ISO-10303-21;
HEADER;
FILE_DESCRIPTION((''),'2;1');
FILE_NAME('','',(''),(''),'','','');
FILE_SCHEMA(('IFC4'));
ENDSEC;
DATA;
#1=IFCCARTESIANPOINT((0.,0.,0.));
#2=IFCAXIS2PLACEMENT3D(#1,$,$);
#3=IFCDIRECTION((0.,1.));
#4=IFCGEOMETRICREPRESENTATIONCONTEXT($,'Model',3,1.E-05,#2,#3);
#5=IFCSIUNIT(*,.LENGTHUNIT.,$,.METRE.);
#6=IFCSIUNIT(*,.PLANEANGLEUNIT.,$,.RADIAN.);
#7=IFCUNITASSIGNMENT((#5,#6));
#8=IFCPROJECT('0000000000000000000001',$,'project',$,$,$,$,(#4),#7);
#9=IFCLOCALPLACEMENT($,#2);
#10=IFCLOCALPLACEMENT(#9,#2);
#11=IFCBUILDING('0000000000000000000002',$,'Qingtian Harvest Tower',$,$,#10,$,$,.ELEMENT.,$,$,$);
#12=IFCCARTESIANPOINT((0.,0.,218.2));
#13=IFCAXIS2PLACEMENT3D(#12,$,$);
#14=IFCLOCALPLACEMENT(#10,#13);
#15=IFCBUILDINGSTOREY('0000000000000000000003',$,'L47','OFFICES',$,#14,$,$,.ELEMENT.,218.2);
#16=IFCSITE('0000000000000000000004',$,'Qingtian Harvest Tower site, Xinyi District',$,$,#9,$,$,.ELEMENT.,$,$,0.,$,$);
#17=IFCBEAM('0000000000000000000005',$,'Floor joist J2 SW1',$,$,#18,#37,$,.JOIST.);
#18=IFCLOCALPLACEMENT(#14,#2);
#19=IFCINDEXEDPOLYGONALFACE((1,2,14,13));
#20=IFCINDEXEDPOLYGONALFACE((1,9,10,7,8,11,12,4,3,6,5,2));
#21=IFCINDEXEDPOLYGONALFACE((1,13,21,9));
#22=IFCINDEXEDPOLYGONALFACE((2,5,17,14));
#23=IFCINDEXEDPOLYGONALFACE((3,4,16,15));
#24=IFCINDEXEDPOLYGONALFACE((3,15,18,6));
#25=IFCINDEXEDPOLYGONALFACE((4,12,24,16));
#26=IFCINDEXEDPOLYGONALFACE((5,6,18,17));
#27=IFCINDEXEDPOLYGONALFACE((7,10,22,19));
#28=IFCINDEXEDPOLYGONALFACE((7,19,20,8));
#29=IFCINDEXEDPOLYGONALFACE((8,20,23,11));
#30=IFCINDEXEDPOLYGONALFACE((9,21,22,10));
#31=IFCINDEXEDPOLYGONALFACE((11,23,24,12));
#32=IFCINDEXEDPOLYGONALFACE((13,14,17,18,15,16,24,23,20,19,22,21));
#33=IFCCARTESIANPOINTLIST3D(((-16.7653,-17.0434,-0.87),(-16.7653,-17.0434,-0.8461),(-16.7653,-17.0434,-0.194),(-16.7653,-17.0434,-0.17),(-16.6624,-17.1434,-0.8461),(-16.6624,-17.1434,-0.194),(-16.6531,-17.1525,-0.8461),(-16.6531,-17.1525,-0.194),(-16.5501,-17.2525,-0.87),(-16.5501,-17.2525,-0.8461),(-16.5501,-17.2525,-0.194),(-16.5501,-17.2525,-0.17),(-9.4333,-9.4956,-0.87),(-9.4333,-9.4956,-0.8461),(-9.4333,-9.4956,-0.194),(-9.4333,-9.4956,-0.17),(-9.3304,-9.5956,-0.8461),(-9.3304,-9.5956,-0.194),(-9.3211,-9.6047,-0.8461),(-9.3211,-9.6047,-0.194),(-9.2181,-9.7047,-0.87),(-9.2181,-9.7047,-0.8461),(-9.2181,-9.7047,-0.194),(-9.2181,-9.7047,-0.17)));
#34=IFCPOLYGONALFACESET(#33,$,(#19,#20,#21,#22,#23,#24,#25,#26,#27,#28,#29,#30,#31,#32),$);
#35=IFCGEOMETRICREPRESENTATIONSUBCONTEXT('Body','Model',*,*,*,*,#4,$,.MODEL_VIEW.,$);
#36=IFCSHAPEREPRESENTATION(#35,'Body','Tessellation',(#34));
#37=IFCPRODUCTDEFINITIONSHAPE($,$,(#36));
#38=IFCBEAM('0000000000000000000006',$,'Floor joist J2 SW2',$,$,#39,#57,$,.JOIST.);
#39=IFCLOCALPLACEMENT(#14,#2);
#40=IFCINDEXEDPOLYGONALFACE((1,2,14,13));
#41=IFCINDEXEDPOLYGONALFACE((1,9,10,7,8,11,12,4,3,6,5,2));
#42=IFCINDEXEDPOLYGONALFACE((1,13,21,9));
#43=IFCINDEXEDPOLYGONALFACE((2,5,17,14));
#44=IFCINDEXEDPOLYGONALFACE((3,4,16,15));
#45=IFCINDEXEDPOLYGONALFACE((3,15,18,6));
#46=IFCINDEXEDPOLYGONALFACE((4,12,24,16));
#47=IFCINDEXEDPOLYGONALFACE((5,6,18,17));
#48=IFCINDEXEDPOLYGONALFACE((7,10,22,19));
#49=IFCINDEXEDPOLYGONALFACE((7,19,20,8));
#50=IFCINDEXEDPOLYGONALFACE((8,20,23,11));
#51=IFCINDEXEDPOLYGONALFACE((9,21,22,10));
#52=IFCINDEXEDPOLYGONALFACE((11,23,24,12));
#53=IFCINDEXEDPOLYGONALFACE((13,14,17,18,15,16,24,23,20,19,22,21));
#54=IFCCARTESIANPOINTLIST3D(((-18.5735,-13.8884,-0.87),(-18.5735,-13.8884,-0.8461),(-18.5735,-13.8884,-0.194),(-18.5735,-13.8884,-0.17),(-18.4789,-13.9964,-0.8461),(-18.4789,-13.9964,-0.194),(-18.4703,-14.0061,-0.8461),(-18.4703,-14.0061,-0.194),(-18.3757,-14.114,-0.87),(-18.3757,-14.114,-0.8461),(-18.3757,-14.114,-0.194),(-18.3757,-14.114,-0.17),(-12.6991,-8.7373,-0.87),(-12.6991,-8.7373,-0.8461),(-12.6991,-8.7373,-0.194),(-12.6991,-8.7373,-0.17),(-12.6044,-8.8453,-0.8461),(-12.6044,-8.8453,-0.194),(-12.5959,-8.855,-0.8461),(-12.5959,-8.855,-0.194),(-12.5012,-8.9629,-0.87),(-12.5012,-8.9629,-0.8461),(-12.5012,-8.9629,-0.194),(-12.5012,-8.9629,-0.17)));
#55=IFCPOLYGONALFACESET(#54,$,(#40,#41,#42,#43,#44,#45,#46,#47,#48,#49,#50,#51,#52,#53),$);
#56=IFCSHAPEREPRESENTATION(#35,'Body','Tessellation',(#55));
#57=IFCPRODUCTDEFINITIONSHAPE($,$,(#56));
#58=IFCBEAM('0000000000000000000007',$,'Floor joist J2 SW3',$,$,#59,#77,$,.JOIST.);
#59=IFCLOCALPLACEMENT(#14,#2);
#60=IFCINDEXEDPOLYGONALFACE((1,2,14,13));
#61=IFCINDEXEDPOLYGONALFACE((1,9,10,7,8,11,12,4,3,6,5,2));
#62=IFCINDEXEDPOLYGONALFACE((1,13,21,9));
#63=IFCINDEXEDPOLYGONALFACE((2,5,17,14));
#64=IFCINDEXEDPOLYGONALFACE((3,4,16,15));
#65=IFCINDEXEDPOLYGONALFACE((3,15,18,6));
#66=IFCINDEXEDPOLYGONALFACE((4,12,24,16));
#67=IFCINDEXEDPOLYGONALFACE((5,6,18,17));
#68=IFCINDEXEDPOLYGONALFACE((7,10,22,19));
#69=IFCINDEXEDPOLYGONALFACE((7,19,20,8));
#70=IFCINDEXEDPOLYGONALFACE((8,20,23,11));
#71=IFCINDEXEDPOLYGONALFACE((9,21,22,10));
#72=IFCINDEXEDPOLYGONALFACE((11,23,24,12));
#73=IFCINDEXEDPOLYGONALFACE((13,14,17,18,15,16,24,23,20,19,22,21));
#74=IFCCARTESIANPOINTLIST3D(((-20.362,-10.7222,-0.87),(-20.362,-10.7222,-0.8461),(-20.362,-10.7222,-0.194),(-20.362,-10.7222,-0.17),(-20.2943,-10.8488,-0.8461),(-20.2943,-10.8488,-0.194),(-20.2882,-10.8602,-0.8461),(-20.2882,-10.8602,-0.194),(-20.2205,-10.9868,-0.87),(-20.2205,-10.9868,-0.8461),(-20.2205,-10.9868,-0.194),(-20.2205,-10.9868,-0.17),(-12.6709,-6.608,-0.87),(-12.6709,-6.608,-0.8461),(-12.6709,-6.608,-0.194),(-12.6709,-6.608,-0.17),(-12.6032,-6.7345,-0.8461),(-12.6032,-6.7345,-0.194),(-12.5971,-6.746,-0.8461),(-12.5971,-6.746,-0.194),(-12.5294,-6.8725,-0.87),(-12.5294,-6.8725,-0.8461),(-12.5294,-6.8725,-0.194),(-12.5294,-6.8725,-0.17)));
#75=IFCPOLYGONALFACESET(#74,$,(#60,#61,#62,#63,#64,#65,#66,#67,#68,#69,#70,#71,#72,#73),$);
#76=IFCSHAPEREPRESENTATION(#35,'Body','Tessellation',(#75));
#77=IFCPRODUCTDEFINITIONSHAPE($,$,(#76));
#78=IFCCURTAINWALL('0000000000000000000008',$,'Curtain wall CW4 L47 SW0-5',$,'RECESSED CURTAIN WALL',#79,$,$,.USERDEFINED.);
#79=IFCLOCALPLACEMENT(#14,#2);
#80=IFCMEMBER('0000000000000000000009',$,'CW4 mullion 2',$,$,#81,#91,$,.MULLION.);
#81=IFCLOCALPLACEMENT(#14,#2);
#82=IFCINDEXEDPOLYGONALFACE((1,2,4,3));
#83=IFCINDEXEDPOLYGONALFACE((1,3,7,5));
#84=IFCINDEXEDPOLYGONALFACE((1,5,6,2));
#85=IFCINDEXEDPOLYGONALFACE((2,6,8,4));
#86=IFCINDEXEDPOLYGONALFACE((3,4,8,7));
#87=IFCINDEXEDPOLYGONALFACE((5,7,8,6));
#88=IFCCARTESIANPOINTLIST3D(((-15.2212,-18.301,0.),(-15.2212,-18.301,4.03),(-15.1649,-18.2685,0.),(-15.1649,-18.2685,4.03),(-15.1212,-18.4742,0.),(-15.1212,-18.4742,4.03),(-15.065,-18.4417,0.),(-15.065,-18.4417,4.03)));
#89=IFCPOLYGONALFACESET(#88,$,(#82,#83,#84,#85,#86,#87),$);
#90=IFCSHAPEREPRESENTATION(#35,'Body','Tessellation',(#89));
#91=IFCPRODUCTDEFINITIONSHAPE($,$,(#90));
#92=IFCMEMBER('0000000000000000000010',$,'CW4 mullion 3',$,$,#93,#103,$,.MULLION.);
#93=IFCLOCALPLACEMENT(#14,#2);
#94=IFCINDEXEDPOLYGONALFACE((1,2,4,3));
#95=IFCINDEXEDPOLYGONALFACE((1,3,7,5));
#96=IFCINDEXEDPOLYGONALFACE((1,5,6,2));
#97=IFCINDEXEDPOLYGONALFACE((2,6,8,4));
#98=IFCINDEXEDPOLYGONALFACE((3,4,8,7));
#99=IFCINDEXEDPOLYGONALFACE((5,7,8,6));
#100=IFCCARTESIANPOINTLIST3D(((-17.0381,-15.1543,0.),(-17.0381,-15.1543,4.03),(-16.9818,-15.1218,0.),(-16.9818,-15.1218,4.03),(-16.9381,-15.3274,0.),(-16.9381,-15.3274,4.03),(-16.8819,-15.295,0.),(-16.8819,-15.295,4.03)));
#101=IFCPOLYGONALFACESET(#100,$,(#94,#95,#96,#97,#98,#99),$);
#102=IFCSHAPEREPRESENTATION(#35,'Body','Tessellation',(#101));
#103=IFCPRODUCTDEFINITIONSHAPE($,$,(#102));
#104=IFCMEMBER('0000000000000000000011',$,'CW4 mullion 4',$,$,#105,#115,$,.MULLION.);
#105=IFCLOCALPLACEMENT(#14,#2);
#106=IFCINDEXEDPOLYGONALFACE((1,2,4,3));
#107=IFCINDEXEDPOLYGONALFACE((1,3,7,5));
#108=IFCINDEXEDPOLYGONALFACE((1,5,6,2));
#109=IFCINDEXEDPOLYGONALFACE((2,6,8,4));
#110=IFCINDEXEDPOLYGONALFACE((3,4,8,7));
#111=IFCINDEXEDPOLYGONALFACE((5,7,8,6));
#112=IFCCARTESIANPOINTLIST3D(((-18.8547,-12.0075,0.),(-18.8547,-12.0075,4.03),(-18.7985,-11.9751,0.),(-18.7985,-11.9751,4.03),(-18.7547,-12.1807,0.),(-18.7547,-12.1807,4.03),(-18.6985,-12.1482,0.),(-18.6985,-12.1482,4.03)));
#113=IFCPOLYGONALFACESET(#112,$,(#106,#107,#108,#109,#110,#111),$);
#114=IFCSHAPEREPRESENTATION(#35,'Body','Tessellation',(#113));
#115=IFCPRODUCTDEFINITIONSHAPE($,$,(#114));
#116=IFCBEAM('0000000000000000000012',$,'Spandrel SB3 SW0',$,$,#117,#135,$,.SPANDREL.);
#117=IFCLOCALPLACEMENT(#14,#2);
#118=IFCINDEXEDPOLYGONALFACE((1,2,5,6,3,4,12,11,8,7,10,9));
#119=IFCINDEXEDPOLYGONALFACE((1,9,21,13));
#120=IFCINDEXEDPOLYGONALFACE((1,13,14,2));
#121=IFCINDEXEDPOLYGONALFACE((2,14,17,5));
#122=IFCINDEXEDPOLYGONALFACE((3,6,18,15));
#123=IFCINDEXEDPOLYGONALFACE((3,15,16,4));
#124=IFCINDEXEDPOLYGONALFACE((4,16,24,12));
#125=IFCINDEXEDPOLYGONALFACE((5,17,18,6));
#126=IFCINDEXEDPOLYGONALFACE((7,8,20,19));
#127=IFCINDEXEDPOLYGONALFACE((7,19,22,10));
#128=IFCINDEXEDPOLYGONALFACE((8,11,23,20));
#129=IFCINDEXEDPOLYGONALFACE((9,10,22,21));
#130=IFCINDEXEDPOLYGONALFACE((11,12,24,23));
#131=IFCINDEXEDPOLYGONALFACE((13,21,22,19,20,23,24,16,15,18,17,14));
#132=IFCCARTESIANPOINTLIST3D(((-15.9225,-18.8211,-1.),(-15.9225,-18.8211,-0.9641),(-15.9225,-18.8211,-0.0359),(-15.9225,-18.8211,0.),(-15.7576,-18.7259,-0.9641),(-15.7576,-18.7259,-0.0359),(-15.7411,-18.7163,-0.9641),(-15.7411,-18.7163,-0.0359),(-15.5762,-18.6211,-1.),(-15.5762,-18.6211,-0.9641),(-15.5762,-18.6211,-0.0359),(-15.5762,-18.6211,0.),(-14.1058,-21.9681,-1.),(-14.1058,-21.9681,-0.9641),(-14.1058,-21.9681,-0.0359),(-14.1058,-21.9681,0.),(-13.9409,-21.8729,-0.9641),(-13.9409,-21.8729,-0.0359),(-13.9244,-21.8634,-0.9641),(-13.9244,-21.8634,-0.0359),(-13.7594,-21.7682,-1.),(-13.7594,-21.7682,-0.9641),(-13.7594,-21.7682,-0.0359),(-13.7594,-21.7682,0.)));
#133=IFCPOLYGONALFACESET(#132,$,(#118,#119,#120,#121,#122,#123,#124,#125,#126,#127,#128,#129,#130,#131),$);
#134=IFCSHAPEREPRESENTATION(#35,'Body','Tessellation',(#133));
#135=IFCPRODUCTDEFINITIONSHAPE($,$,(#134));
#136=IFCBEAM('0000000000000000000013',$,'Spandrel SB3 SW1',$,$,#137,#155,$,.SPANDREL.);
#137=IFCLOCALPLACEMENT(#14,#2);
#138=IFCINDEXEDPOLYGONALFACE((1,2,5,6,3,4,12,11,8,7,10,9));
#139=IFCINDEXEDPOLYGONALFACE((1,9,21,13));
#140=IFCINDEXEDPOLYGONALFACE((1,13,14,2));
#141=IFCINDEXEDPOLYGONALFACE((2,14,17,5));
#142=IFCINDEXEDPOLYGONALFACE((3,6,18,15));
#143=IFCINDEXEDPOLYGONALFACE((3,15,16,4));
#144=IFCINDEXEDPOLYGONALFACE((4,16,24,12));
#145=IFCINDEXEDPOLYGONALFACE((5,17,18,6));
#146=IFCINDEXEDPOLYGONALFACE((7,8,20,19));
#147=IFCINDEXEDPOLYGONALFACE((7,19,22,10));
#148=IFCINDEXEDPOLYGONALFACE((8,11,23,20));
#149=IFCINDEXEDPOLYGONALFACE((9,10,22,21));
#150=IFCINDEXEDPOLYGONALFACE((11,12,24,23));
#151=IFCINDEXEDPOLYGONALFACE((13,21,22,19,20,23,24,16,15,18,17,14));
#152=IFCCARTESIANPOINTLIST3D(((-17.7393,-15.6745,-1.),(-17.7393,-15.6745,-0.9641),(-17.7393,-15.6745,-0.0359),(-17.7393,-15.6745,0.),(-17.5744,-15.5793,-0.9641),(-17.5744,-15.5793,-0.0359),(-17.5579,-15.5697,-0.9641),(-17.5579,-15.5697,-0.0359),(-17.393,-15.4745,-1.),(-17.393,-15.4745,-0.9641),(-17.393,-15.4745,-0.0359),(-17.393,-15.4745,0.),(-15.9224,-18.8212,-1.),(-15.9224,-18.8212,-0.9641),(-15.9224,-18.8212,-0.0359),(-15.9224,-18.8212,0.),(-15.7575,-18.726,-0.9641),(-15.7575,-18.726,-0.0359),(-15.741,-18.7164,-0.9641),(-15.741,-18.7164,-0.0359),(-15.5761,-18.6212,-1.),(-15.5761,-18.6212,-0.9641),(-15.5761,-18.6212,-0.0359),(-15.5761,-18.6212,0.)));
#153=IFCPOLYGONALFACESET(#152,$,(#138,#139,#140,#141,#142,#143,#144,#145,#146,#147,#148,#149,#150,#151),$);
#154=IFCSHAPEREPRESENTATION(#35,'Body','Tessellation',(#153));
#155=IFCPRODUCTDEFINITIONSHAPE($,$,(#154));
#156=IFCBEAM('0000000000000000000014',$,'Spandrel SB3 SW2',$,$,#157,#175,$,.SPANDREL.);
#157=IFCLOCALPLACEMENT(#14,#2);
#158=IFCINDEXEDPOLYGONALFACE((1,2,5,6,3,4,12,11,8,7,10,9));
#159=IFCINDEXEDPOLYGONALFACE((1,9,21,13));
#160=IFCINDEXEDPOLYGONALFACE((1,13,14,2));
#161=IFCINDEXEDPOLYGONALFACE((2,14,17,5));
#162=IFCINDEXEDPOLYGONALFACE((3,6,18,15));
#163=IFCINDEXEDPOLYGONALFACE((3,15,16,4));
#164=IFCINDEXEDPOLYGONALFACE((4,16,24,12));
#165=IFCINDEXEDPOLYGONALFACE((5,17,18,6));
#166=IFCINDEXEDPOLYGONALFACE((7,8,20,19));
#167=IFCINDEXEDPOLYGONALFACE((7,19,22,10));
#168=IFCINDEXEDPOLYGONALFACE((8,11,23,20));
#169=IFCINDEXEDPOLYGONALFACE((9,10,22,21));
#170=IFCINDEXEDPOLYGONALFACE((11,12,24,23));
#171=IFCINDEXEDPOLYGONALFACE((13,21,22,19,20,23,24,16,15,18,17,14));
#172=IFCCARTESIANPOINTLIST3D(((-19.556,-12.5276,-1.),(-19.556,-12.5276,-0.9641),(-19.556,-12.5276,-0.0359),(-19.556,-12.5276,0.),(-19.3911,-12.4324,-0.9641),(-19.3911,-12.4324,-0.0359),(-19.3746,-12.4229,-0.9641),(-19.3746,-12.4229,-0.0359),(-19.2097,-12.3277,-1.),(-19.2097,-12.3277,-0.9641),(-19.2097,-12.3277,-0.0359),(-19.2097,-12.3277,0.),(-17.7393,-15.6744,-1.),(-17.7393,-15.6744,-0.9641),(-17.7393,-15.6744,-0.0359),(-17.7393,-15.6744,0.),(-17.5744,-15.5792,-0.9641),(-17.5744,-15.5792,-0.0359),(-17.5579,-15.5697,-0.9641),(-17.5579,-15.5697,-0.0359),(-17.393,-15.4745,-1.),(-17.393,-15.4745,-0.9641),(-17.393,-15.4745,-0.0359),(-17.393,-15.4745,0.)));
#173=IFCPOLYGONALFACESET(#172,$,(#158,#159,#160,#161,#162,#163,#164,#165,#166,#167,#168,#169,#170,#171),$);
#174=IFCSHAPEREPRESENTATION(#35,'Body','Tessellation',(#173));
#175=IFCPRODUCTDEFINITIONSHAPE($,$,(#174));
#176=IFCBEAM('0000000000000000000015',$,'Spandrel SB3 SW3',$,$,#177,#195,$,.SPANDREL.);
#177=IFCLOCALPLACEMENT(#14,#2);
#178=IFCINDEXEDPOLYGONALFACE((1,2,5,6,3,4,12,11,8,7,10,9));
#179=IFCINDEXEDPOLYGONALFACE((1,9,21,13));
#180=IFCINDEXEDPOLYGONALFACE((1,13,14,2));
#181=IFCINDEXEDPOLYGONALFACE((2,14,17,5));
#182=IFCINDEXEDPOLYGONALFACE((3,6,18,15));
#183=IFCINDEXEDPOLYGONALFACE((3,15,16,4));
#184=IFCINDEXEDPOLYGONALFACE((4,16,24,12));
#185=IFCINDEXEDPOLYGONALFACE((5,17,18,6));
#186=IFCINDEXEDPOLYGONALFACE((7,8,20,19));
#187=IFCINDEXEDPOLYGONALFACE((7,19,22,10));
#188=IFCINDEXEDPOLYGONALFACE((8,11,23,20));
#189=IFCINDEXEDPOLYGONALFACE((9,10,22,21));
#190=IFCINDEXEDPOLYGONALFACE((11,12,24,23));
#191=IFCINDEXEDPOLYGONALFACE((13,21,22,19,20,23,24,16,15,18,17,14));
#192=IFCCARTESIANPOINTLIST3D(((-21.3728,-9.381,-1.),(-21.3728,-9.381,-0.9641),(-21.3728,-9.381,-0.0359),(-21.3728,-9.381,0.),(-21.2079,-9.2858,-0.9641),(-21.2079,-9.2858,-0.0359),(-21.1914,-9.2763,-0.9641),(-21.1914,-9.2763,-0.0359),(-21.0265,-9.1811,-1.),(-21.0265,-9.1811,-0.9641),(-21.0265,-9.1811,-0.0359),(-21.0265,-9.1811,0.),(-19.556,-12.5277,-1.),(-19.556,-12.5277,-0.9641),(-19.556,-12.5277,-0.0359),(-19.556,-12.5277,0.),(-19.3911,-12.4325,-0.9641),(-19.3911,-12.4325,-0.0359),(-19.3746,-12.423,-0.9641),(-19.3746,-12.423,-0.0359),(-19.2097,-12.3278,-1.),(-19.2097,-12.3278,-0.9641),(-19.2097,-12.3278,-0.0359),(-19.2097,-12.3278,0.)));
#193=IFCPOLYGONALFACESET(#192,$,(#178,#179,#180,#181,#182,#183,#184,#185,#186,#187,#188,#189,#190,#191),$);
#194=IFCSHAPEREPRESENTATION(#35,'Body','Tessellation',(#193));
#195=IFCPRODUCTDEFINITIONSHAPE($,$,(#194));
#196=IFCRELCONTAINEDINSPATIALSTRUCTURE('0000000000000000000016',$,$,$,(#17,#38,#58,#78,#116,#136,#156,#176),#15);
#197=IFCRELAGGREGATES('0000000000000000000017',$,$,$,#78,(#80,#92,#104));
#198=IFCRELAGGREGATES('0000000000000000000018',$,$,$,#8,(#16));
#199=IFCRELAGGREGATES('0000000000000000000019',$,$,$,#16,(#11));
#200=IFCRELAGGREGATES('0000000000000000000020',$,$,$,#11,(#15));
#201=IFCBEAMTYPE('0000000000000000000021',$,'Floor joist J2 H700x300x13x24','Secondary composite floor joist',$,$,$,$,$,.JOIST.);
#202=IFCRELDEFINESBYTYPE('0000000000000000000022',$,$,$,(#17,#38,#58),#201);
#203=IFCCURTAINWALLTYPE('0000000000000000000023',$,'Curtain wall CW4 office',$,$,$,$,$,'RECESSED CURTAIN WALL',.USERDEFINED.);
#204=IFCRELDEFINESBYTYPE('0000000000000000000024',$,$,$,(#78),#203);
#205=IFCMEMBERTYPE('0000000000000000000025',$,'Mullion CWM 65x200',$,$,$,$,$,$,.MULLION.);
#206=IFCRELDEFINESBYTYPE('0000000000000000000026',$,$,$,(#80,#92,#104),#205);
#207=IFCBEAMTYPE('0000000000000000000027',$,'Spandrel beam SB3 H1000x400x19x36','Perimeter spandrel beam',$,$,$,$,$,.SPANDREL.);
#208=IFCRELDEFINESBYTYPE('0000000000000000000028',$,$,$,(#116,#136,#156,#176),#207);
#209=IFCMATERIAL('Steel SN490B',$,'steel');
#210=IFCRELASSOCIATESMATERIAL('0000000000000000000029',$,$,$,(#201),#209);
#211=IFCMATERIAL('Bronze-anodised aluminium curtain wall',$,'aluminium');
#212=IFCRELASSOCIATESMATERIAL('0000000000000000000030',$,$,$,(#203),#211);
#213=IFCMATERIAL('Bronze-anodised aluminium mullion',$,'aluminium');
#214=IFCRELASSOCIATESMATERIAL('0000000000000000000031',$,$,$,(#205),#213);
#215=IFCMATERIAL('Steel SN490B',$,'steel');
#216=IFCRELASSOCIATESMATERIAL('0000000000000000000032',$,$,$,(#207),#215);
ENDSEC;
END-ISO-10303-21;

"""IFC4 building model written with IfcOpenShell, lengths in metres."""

from ifc_helpers import new_model, si_unit, direction, frame, origin, origin_2d, place, context, subcontext, project, spatial, rectangle, i_section, extrude, material, material_profile, profile_set, type_object, element, aggregate, save


model = new_model("IFC4")

# Units and contexts
model_context = context("Model", 3, precision=1e-05, world=origin(), true_north=direction((0.0, 1.0)))
body_context = subcontext(model_context, "Body", "Model", "MODEL_VIEW")
ifc_project = project(units=[si_unit("LENGTHUNIT", "METRE"), si_unit("PLANEANGLEUNIT", "RADIAN")], contexts=[model_context])

# Site, building, storey
site_placement = place(None, origin())
site = spatial("IfcSite", under=ifc_project, at=site_placement, Name="Qingtian Harvest Tower site, Xinyi District", CompositionType="ELEMENT", RefElevation=0.0)
building_placement = place(site_placement, origin())
building = spatial("IfcBuilding", under=site, at=building_placement, Name="Qingtian Harvest Tower", CompositionType="ELEMENT")
storey_placement = place(building_placement, frame((0.0, 0.0, 218.2)))
storey = spatial("IfcBuildingStorey", under=building, at=storey_placement, Name="L47", Description="OFFICES", CompositionType="ELEMENT", Elevation=218.2)

# Beams
ifc_material_1 = material(Name="Steel SN490B", Category="steel")
ifc_material_profile_1 = material_profile(ifc_material_1, i_section(OverallWidth=0.3, OverallDepth=0.7, WebThickness=0.0129, FlangeThickness=0.0239, at=origin_2d()), Name="H700x300x13x24")
ifc_profile_set_1 = profile_set([ifc_material_profile_1], Name="Steel SN490B")
beam_type_1 = type_object("IfcBeamType", Name="Floor joist J2 H700x300x13x24", Description="Secondary composite floor joist", PredefinedType="JOIST", material=ifc_profile_set_1)
beam_1_placement = place(storey_placement, frame((-16.6577, -17.1479, -0.52), z_axis=(0.696777, 0.717287, 0.0), x_axis=(-0.717287, 0.696777, 0.0)))
element("IfcBeam", 1, at=beam_1_placement, inside=storey, type_object=beam_type_1, Name="Floor joist J2 SW1", PredefinedType="JOIST", context=body_context, shape_type="SweptSolid", body=[
    extrude(i_section(OverallWidth=0.3, OverallDepth=0.7, WebThickness=0.0129, FlangeThickness=0.0239, at=origin_2d()), origin(), (0.0, 0.0, 1.0), 10.5227),
])
beam_2_placement = place(storey_placement, frame((-18.4746, -14.0012, -0.52), z_axis=(0.751883, 0.659296, 0.0), x_axis=(-0.659296, 0.751883, 0.0)))
element("IfcBeam", 2, at=beam_2_placement, inside=storey, type_object=beam_type_1, Name="Floor joist J2 SW2", PredefinedType="JOIST", context=body_context, shape_type="SweptSolid", body=[
    extrude(i_section(OverallWidth=0.3, OverallDepth=0.7, WebThickness=0.0129, FlangeThickness=0.0239, at=origin_2d()), origin(), (0.0, 0.0, 1.0), 7.813),
])
beam_3_placement = place(storey_placement, frame((-20.2913, -10.8545, -0.52), z_axis=(0.881767, 0.471686, 0.0), x_axis=(-0.471686, 0.881767, 0.0)))
element("IfcBeam", 3, at=beam_3_placement, inside=storey, type_object=beam_type_1, Name="Floor joist J2 SW3", PredefinedType="JOIST", context=body_context, shape_type="SweptSolid", body=[
    extrude(i_section(OverallWidth=0.3, OverallDepth=0.7, WebThickness=0.0129, FlangeThickness=0.0239, at=origin_2d()), origin(), (0.0, 0.0, 1.0), 8.7224),
])

# Curtain wall, members
ifc_material_2 = material(Name="Bronze-anodised aluminium curtain wall", Category="aluminium")
curtain_wall_type = type_object("IfcCurtainWallType", Name="Curtain wall CW4 office", ElementType="RECESSED CURTAIN WALL", PredefinedType="USERDEFINED", material=ifc_material_2)
curtain_wall_placement = place(storey_placement, origin())
curtain_wall = element("IfcCurtainWall", 4, at=curtain_wall_placement, inside=storey, type_object=curtain_wall_type, Name="Curtain wall CW4 L47 SW0-5", ObjectType="RECESSED CURTAIN WALL", PredefinedType="USERDEFINED")
ifc_material_3 = material(Name="Bronze-anodised aluminium mullion", Category="aluminium")
ifc_material_profile_2 = material_profile(ifc_material_3, rectangle(XDim=0.0649, YDim=0.2, at=origin_2d()), Name="AL 65x200")
ifc_profile_set_2 = profile_set([ifc_material_profile_2], Name="Bronze-anodised aluminium mullion")
member_type_1 = type_object("IfcMemberType", Name="Mullion CWM 65x200", PredefinedType="MULLION", material=ifc_profile_set_2)
member_1_placement = place(storey_placement, frame((-15.1431, -18.3713, 0.0), z_axis=(0.0, 0.0, 1.0), x_axis=(-0.866025, -0.5, 0.0)))
member_1 = element("IfcMember", 5, at=member_1_placement, type_object=member_type_1, Name="CW4 mullion 2", PredefinedType="MULLION", context=body_context, shape_type="SweptSolid", body=[
    extrude(rectangle(XDim=0.0649, YDim=0.2, at=origin_2d()), origin(), (0.0, 0.0, 1.0), 4.03),
])
member_2_placement = place(storey_placement, frame((-16.96, -15.2246, 0.0), z_axis=(0.0, 0.0, 1.0), x_axis=(-0.866025, -0.5, 0.0)))
member_2 = element("IfcMember", 6, at=member_2_placement, type_object=member_type_1, Name="CW4 mullion 3", PredefinedType="MULLION", context=body_context, shape_type="SweptSolid", body=[
    extrude(rectangle(XDim=0.0649, YDim=0.2, at=origin_2d()), origin(), (0.0, 0.0, 1.0), 4.03),
])
member_3_placement = place(storey_placement, frame((-18.7766, -12.0779, 0.0), z_axis=(0.0, 0.0, 1.0), x_axis=(-0.866025, -0.5, 0.0)))
member_3 = element("IfcMember", 7, at=member_3_placement, type_object=member_type_1, Name="CW4 mullion 4", PredefinedType="MULLION", context=body_context, shape_type="SweptSolid", body=[
    extrude(rectangle(XDim=0.0649, YDim=0.2, at=origin_2d()), origin(), (0.0, 0.0, 1.0), 4.03),
])

# Beams
ifc_material_4 = material(Name="Steel SN490B", Category="steel")
ifc_material_profile_3 = material_profile(ifc_material_4, i_section(OverallWidth=0.3999, OverallDepth=1.0, WebThickness=0.019, FlangeThickness=0.0359, at=origin_2d()), Name="H1000x400x19x36")
ifc_profile_set_3 = profile_set([ifc_material_profile_3], Name="Steel SN490B")
beam_type_2 = type_object("IfcBeamType", Name="Spandrel beam SB3 H1000x400x19x36", Description="Perimeter spandrel beam", PredefinedType="SPANDREL", material=ifc_profile_set_3)
beam_4_placement = place(storey_placement, frame((-13.9326, -21.8682, -0.5), z_axis=(-0.499947, 0.866056, 0.0), x_axis=(-0.866056, -0.499947, 0.0)))
element("IfcBeam", 8, at=beam_4_placement, inside=storey, type_object=beam_type_2, Name="Spandrel SB3 SW0", PredefinedType="SPANDREL", context=body_context, shape_type="SweptSolid", body=[
    extrude(i_section(OverallWidth=0.3999, OverallDepth=1.0, WebThickness=0.019, FlangeThickness=0.0359, at=origin_2d()), origin(), (0.0, 0.0, 1.0), 3.6338),
])
for number, where, z_axis, x_axis, name in (
    (9, (-15.7493, -18.7212, -0.5), (-0.500027, 0.86601, 0.0), (-0.86601, -0.500027, 0.0), "Spandrel SB3 SW1"),
    (10, (-17.5662, -15.5745, -0.5), (-0.499976, 0.866039, 0.0), (-0.866039, -0.499976, 0.0), "Spandrel SB3 SW2"),
    (11, (-19.3828, -12.4277, -0.5), (-0.500027, 0.86601, 0.0), (-0.86601, -0.500027, 0.0), "Spandrel SB3 SW3"),
):
    element("IfcBeam", number, at=place(storey_placement, frame(where, z_axis=z_axis, x_axis=x_axis)), inside=storey, type_object=beam_type_2, Name=name, PredefinedType="SPANDREL", context=body_context, shape_type="SweptSolid", body=[
        extrude(i_section(OverallWidth=0.3999, OverallDepth=1.0, WebThickness=0.019, FlangeThickness=0.0359, at=origin_2d()), origin(), (0.0, 0.0, 1.0), 3.6335),
    ])

aggregate(curtain_wall, [member_1, member_2, member_3])

save(model, "model.ifc")
